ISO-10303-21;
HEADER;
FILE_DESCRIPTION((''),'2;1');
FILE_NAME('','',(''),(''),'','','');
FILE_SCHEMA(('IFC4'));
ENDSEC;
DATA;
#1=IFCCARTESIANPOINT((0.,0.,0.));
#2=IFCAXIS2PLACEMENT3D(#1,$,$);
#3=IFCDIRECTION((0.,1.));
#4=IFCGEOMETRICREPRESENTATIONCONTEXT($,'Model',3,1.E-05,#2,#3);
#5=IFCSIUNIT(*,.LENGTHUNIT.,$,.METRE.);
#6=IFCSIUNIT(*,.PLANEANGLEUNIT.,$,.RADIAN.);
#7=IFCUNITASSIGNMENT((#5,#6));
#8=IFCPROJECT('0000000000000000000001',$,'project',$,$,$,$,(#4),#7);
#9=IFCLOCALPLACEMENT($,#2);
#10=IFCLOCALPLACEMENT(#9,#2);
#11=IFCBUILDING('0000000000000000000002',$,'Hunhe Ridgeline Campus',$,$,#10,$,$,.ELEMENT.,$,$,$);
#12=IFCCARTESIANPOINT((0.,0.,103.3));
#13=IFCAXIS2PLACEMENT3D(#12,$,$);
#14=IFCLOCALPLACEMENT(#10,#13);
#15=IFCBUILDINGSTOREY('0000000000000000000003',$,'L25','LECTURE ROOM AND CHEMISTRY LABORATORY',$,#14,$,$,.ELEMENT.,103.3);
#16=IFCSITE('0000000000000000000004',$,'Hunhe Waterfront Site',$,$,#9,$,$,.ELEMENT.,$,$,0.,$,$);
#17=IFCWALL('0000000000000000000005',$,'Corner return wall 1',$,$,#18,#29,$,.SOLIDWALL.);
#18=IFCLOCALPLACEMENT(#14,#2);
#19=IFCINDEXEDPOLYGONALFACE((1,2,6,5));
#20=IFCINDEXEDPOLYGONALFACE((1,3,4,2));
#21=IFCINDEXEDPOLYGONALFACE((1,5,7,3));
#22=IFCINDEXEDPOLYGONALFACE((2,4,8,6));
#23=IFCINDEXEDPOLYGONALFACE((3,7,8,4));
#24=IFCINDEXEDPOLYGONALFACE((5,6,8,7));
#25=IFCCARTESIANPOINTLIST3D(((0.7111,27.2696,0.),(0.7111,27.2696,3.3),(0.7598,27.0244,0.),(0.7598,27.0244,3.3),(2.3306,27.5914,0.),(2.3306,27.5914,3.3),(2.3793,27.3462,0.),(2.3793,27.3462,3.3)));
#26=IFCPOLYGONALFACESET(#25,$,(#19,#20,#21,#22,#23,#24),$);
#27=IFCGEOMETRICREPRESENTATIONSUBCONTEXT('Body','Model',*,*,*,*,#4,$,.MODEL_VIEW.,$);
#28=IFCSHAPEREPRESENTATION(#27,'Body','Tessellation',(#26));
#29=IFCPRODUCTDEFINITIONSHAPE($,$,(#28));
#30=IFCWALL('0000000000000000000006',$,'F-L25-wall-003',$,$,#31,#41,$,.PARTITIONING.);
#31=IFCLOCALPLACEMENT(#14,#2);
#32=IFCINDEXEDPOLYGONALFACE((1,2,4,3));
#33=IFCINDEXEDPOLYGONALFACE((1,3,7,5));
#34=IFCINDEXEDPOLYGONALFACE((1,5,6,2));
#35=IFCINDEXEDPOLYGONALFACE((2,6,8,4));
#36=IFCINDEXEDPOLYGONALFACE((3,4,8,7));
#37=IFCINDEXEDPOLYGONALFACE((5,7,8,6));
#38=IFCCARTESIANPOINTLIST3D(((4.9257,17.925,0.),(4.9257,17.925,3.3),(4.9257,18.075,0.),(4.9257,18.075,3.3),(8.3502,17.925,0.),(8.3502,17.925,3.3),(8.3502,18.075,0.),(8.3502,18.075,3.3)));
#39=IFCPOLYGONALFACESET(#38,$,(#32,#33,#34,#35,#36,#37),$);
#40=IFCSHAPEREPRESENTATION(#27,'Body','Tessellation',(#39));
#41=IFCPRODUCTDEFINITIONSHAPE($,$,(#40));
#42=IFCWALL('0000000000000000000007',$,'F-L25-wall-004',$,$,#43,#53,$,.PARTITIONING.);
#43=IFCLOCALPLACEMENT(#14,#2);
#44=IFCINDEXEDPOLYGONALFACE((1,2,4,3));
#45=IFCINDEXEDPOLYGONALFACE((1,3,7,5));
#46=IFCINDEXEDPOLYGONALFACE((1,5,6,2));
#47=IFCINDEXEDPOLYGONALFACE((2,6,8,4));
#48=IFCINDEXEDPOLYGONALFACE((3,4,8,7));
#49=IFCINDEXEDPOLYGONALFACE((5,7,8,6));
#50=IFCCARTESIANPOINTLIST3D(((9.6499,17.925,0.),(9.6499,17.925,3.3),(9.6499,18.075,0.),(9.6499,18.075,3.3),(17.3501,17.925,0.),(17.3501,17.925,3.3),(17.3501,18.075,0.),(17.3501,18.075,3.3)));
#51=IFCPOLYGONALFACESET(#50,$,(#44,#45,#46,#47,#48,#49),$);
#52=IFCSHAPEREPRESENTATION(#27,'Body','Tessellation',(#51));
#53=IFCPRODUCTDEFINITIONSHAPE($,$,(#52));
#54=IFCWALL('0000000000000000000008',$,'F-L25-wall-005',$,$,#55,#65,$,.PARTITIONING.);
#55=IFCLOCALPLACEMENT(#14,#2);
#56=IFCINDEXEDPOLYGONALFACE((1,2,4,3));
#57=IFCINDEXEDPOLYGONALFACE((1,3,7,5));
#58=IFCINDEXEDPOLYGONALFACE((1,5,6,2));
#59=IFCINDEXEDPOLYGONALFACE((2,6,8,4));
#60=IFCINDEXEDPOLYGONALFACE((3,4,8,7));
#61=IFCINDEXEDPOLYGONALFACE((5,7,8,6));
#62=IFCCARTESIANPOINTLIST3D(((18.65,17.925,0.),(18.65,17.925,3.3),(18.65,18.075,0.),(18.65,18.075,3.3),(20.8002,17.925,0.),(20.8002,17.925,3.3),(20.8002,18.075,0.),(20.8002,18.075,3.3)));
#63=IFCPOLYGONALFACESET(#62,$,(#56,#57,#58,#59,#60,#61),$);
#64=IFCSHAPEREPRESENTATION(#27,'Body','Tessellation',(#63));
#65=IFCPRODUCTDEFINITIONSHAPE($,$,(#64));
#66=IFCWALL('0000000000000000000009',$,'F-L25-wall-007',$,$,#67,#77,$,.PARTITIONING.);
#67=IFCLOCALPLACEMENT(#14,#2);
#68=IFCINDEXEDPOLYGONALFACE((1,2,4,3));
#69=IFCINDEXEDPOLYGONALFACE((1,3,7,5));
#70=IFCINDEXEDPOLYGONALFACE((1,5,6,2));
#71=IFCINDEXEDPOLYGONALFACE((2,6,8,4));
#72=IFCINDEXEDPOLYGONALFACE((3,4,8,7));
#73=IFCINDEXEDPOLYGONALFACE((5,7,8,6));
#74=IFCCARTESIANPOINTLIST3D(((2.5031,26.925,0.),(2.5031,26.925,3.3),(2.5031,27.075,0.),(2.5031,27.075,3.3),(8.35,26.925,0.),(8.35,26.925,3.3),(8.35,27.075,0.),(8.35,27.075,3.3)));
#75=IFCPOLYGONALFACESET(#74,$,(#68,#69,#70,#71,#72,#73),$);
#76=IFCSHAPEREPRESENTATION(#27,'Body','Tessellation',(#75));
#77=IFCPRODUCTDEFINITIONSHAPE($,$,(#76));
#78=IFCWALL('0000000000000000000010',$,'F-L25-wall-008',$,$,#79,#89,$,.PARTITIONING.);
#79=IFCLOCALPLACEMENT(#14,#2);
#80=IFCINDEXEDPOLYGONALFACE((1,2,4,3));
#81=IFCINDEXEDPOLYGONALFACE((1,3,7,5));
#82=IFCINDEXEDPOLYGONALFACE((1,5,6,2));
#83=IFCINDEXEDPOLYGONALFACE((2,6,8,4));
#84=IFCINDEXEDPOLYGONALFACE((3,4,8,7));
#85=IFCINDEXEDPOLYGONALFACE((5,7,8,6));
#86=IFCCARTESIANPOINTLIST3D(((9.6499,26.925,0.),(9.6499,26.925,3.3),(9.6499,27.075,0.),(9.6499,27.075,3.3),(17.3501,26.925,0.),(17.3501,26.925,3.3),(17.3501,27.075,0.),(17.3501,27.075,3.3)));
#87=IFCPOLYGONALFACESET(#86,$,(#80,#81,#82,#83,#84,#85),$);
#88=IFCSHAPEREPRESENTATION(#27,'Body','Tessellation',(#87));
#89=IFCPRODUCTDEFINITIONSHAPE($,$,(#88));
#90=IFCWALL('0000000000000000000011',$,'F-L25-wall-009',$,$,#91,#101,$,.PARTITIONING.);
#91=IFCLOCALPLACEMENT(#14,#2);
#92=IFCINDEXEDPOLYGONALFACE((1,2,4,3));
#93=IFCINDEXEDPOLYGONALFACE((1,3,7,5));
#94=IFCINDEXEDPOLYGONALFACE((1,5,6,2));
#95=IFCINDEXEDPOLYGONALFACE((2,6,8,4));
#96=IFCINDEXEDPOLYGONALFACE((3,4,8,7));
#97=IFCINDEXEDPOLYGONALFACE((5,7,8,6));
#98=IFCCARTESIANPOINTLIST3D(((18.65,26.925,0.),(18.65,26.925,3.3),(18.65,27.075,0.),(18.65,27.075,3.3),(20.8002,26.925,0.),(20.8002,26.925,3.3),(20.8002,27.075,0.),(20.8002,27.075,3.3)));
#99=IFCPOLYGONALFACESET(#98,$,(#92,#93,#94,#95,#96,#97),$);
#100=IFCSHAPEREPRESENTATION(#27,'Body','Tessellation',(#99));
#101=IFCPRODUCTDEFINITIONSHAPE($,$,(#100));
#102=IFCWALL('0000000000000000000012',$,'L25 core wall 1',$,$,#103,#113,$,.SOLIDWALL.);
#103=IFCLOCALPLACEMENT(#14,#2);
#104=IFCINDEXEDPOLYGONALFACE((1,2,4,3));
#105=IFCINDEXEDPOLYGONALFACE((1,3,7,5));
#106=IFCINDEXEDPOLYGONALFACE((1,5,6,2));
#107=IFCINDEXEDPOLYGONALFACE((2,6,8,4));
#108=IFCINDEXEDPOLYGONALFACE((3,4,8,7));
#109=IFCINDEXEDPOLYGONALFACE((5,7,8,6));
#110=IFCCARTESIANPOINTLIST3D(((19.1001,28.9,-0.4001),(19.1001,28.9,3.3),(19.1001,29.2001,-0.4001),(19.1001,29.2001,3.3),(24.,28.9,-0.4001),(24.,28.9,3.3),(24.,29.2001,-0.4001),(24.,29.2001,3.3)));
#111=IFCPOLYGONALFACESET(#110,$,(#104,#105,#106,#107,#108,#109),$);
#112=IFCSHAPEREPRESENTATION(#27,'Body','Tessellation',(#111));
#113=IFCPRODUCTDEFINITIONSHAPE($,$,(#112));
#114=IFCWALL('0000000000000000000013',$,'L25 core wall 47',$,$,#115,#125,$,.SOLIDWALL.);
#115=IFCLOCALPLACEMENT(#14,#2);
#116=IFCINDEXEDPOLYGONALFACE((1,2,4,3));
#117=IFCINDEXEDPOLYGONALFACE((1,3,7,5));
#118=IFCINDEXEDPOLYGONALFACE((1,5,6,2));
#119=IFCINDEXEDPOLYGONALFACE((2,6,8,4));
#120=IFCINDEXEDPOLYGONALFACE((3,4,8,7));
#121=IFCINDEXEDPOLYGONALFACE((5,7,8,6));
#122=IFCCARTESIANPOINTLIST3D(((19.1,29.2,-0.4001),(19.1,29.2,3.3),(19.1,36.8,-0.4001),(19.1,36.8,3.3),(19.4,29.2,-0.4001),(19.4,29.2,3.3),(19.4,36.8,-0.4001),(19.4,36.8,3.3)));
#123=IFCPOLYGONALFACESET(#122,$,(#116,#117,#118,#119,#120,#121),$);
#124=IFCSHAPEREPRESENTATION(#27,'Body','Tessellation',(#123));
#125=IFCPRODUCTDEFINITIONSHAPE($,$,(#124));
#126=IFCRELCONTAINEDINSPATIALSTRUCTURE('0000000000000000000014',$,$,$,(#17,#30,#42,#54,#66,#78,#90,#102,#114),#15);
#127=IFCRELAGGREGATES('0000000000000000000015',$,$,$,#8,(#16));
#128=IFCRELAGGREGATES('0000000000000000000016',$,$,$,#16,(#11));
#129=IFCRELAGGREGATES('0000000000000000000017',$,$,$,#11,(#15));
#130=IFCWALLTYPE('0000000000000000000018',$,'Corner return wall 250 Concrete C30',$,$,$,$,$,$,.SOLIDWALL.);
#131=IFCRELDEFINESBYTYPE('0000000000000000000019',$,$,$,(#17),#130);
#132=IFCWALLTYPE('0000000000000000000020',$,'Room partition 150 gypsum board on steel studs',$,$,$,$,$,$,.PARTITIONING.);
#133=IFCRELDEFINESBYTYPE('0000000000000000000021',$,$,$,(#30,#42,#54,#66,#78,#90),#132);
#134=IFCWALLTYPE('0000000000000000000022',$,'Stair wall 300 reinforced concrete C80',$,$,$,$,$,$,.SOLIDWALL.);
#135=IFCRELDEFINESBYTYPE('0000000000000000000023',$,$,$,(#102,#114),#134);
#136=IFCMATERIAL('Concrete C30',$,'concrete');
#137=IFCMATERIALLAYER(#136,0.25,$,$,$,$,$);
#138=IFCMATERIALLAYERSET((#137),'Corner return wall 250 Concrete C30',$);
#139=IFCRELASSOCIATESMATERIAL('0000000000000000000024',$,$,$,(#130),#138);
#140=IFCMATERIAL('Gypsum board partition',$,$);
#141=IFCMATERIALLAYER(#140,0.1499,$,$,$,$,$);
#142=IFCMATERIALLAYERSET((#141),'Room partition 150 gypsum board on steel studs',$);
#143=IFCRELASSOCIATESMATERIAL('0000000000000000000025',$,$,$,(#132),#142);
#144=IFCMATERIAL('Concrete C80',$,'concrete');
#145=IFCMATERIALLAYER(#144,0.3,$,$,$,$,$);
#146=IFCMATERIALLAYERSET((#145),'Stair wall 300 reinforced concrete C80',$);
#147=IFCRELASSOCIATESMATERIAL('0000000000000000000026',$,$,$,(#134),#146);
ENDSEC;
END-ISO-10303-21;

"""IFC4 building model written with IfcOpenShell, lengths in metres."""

from ifc_helpers import new_model, si_unit, direction, frame, frame_2d, origin, place, context, subcontext, project, spatial, rectangle, extrude, material, layer, layer_set, type_object, element, save


model = new_model("IFC4")

# Units and contexts
model_context = context("Model", 3, precision=1e-05, world=origin(), true_north=direction((0.0, 1.0)))
body_context = subcontext(model_context, "Body", "Model", "MODEL_VIEW")
ifc_project = project(units=[si_unit("LENGTHUNIT", "METRE"), si_unit("PLANEANGLEUNIT", "RADIAN")], contexts=[model_context])

# Site, building, storey
site_placement = place(None, origin())
site = spatial("IfcSite", under=ifc_project, at=site_placement, Name="Hunhe Waterfront Site", CompositionType="ELEMENT", RefElevation=0.0)
building_placement = place(site_placement, origin())
building = spatial("IfcBuilding", under=site, at=building_placement, Name="Hunhe Ridgeline Campus", CompositionType="ELEMENT")
storey_placement = place(building_placement, frame((0.0, 0.0, 103.3)))
storey = spatial("IfcBuildingStorey", under=building, at=storey_placement, Name="L25", Description="LECTURE ROOM AND CHEMISTRY LABORATORY", CompositionType="ELEMENT", Elevation=103.3)

# Walls
ifc_material_1 = material(Name="Concrete C30", Category="concrete")
ifc_layer_1 = layer(ifc_material_1, 0.25)
ifc_layer_set_1 = layer_set([ifc_layer_1], Name="Corner return wall 250 Concrete C30")
wall_type_1 = type_object("IfcWallType", Name="Corner return wall 250 Concrete C30", PredefinedType="SOLIDWALL", material=ifc_layer_set_1)
wall_1_placement = place(storey_placement, frame((0.7354, 27.147, 0.0), z_axis=(0.0, 0.0, 1.0), x_axis=(0.980824, 0.194893, 0.0)))
element("IfcWall", 1, at=wall_1_placement, inside=storey, type_object=wall_type_1, Name="Corner return wall 1", PredefinedType="SOLIDWALL", context=body_context, shape_type="SweptSolid", body=[
    extrude(rectangle(XDim=1.6511, YDim=0.25, at=frame_2d((0.8257, 0.0))), origin(), (0.0, 0.0, 1.0), 3.3),
])
ifc_material_2 = material(Name="Gypsum board partition")
ifc_layer_2 = layer(ifc_material_2, 0.1499)
ifc_layer_set_2 = layer_set([ifc_layer_2], Name="Room partition 150 gypsum board on steel studs")
wall_type_2 = type_object("IfcWallType", Name="Room partition 150 gypsum board on steel studs", PredefinedType="PARTITIONING", material=ifc_layer_set_2)
wall_2_placement = place(storey_placement, frame((4.9255, 18.0, 0.0), z_axis=(0.0, 0.0, 1.0), x_axis=(1.0, 0.0, 0.0)))
element("IfcWall", 2, at=wall_2_placement, inside=storey, type_object=wall_type_2, Name="F-L25-wall-003", PredefinedType="PARTITIONING", context=body_context, shape_type="SweptSolid", body=[
    extrude(rectangle(XDim=3.4246, YDim=0.1499, at=frame_2d((1.7124, 0.0))), origin(), (0.0, 0.0, 1.0), 3.3),
])
wall_3_placement = place(storey_placement, frame((9.6499, 18.0, 0.0), z_axis=(0.0, 0.0, 1.0), x_axis=(1.0, 0.0, 0.0)))
element("IfcWall", 3, at=wall_3_placement, inside=storey, type_object=wall_type_2, Name="F-L25-wall-004", PredefinedType="PARTITIONING", context=body_context, shape_type="SweptSolid", body=[
    extrude(rectangle(XDim=7.7002, YDim=0.1499, at=frame_2d((3.8501, 0.0))), origin(), (0.0, 0.0, 1.0), 3.3),
])
wall_4_placement = place(storey_placement, frame((18.6499, 18.0, 0.0), z_axis=(0.0, 0.0, 1.0), x_axis=(1.0, 0.0, 0.0)))
element("IfcWall", 4, at=wall_4_placement, inside=storey, type_object=wall_type_2, Name="F-L25-wall-005", PredefinedType="PARTITIONING", context=body_context, shape_type="SweptSolid", body=[
    extrude(rectangle(XDim=2.1501, YDim=0.1499, at=frame_2d((1.0752, 0.0))), origin(), (0.0, 0.0, 1.0), 3.3),
])
wall_5_placement = place(storey_placement, frame((2.5032, 27.0, 0.0), z_axis=(0.0, 0.0, 1.0), x_axis=(1.0, 0.0, 0.0)))
element("IfcWall", 5, at=wall_5_placement, inside=storey, type_object=wall_type_2, Name="F-L25-wall-007", PredefinedType="PARTITIONING", context=body_context, shape_type="SweptSolid", body=[
    extrude(rectangle(XDim=5.8469, YDim=0.1499, at=frame_2d((2.9233, 0.0))), origin(), (0.0, 0.0, 1.0), 3.3),
])
wall_6_placement = place(storey_placement, frame((9.6499, 27.0, 0.0), z_axis=(0.0, 0.0, 1.0), x_axis=(1.0, 0.0, 0.0)))
element("IfcWall", 6, at=wall_6_placement, inside=storey, type_object=wall_type_2, Name="F-L25-wall-008", PredefinedType="PARTITIONING", context=body_context, shape_type="SweptSolid", body=[
    extrude(rectangle(XDim=7.7002, YDim=0.1499, at=frame_2d((3.8501, 0.0))), origin(), (0.0, 0.0, 1.0), 3.3),
])
wall_7_placement = place(storey_placement, frame((18.6499, 27.0, 0.0), z_axis=(0.0, 0.0, 1.0), x_axis=(1.0, 0.0, 0.0)))
element("IfcWall", 7, at=wall_7_placement, inside=storey, type_object=wall_type_2, Name="F-L25-wall-009", PredefinedType="PARTITIONING", context=body_context, shape_type="SweptSolid", body=[
    extrude(rectangle(XDim=2.1501, YDim=0.1499, at=frame_2d((1.0752, 0.0))), origin(), (0.0, 0.0, 1.0), 3.3),
])
ifc_material_3 = material(Name="Concrete C80", Category="concrete")
ifc_layer_3 = layer(ifc_material_3, 0.3)
ifc_layer_set_3 = layer_set([ifc_layer_3], Name="Stair wall 300 reinforced concrete C80")
wall_type_3 = type_object("IfcWallType", Name="Stair wall 300 reinforced concrete C80", PredefinedType="SOLIDWALL", material=ifc_layer_set_3)
wall_8_placement = place(storey_placement, frame((19.1001, 29.05, -0.4001), z_axis=(0.0, 0.0, 1.0), x_axis=(1.0, 0.0, 0.0)))
element("IfcWall", 8, at=wall_8_placement, inside=storey, type_object=wall_type_3, Name="L25 core wall 1", PredefinedType="SOLIDWALL", context=body_context, shape_type="SweptSolid", body=[
    extrude(rectangle(XDim=4.8999, YDim=0.3, at=frame_2d((2.45, 0.0))), origin(), (0.0, 0.0, 1.0), 3.7002),
])
wall_9_placement = place(storey_placement, frame((19.25, 29.2, -0.4001), z_axis=(0.0, 0.0, 1.0), x_axis=(0.0, 1.0, 0.0)))
element("IfcWall", 9, at=wall_9_placement, inside=storey, type_object=wall_type_3, Name="L25 core wall 47", PredefinedType="SOLIDWALL", context=body_context, shape_type="SweptSolid", body=[
    extrude(rectangle(XDim=7.6001, YDim=0.3, at=frame_2d((3.8, 0.0))), origin(), (0.0, 0.0, 1.0), 3.7002),
])

save(model, "model.ifc")
